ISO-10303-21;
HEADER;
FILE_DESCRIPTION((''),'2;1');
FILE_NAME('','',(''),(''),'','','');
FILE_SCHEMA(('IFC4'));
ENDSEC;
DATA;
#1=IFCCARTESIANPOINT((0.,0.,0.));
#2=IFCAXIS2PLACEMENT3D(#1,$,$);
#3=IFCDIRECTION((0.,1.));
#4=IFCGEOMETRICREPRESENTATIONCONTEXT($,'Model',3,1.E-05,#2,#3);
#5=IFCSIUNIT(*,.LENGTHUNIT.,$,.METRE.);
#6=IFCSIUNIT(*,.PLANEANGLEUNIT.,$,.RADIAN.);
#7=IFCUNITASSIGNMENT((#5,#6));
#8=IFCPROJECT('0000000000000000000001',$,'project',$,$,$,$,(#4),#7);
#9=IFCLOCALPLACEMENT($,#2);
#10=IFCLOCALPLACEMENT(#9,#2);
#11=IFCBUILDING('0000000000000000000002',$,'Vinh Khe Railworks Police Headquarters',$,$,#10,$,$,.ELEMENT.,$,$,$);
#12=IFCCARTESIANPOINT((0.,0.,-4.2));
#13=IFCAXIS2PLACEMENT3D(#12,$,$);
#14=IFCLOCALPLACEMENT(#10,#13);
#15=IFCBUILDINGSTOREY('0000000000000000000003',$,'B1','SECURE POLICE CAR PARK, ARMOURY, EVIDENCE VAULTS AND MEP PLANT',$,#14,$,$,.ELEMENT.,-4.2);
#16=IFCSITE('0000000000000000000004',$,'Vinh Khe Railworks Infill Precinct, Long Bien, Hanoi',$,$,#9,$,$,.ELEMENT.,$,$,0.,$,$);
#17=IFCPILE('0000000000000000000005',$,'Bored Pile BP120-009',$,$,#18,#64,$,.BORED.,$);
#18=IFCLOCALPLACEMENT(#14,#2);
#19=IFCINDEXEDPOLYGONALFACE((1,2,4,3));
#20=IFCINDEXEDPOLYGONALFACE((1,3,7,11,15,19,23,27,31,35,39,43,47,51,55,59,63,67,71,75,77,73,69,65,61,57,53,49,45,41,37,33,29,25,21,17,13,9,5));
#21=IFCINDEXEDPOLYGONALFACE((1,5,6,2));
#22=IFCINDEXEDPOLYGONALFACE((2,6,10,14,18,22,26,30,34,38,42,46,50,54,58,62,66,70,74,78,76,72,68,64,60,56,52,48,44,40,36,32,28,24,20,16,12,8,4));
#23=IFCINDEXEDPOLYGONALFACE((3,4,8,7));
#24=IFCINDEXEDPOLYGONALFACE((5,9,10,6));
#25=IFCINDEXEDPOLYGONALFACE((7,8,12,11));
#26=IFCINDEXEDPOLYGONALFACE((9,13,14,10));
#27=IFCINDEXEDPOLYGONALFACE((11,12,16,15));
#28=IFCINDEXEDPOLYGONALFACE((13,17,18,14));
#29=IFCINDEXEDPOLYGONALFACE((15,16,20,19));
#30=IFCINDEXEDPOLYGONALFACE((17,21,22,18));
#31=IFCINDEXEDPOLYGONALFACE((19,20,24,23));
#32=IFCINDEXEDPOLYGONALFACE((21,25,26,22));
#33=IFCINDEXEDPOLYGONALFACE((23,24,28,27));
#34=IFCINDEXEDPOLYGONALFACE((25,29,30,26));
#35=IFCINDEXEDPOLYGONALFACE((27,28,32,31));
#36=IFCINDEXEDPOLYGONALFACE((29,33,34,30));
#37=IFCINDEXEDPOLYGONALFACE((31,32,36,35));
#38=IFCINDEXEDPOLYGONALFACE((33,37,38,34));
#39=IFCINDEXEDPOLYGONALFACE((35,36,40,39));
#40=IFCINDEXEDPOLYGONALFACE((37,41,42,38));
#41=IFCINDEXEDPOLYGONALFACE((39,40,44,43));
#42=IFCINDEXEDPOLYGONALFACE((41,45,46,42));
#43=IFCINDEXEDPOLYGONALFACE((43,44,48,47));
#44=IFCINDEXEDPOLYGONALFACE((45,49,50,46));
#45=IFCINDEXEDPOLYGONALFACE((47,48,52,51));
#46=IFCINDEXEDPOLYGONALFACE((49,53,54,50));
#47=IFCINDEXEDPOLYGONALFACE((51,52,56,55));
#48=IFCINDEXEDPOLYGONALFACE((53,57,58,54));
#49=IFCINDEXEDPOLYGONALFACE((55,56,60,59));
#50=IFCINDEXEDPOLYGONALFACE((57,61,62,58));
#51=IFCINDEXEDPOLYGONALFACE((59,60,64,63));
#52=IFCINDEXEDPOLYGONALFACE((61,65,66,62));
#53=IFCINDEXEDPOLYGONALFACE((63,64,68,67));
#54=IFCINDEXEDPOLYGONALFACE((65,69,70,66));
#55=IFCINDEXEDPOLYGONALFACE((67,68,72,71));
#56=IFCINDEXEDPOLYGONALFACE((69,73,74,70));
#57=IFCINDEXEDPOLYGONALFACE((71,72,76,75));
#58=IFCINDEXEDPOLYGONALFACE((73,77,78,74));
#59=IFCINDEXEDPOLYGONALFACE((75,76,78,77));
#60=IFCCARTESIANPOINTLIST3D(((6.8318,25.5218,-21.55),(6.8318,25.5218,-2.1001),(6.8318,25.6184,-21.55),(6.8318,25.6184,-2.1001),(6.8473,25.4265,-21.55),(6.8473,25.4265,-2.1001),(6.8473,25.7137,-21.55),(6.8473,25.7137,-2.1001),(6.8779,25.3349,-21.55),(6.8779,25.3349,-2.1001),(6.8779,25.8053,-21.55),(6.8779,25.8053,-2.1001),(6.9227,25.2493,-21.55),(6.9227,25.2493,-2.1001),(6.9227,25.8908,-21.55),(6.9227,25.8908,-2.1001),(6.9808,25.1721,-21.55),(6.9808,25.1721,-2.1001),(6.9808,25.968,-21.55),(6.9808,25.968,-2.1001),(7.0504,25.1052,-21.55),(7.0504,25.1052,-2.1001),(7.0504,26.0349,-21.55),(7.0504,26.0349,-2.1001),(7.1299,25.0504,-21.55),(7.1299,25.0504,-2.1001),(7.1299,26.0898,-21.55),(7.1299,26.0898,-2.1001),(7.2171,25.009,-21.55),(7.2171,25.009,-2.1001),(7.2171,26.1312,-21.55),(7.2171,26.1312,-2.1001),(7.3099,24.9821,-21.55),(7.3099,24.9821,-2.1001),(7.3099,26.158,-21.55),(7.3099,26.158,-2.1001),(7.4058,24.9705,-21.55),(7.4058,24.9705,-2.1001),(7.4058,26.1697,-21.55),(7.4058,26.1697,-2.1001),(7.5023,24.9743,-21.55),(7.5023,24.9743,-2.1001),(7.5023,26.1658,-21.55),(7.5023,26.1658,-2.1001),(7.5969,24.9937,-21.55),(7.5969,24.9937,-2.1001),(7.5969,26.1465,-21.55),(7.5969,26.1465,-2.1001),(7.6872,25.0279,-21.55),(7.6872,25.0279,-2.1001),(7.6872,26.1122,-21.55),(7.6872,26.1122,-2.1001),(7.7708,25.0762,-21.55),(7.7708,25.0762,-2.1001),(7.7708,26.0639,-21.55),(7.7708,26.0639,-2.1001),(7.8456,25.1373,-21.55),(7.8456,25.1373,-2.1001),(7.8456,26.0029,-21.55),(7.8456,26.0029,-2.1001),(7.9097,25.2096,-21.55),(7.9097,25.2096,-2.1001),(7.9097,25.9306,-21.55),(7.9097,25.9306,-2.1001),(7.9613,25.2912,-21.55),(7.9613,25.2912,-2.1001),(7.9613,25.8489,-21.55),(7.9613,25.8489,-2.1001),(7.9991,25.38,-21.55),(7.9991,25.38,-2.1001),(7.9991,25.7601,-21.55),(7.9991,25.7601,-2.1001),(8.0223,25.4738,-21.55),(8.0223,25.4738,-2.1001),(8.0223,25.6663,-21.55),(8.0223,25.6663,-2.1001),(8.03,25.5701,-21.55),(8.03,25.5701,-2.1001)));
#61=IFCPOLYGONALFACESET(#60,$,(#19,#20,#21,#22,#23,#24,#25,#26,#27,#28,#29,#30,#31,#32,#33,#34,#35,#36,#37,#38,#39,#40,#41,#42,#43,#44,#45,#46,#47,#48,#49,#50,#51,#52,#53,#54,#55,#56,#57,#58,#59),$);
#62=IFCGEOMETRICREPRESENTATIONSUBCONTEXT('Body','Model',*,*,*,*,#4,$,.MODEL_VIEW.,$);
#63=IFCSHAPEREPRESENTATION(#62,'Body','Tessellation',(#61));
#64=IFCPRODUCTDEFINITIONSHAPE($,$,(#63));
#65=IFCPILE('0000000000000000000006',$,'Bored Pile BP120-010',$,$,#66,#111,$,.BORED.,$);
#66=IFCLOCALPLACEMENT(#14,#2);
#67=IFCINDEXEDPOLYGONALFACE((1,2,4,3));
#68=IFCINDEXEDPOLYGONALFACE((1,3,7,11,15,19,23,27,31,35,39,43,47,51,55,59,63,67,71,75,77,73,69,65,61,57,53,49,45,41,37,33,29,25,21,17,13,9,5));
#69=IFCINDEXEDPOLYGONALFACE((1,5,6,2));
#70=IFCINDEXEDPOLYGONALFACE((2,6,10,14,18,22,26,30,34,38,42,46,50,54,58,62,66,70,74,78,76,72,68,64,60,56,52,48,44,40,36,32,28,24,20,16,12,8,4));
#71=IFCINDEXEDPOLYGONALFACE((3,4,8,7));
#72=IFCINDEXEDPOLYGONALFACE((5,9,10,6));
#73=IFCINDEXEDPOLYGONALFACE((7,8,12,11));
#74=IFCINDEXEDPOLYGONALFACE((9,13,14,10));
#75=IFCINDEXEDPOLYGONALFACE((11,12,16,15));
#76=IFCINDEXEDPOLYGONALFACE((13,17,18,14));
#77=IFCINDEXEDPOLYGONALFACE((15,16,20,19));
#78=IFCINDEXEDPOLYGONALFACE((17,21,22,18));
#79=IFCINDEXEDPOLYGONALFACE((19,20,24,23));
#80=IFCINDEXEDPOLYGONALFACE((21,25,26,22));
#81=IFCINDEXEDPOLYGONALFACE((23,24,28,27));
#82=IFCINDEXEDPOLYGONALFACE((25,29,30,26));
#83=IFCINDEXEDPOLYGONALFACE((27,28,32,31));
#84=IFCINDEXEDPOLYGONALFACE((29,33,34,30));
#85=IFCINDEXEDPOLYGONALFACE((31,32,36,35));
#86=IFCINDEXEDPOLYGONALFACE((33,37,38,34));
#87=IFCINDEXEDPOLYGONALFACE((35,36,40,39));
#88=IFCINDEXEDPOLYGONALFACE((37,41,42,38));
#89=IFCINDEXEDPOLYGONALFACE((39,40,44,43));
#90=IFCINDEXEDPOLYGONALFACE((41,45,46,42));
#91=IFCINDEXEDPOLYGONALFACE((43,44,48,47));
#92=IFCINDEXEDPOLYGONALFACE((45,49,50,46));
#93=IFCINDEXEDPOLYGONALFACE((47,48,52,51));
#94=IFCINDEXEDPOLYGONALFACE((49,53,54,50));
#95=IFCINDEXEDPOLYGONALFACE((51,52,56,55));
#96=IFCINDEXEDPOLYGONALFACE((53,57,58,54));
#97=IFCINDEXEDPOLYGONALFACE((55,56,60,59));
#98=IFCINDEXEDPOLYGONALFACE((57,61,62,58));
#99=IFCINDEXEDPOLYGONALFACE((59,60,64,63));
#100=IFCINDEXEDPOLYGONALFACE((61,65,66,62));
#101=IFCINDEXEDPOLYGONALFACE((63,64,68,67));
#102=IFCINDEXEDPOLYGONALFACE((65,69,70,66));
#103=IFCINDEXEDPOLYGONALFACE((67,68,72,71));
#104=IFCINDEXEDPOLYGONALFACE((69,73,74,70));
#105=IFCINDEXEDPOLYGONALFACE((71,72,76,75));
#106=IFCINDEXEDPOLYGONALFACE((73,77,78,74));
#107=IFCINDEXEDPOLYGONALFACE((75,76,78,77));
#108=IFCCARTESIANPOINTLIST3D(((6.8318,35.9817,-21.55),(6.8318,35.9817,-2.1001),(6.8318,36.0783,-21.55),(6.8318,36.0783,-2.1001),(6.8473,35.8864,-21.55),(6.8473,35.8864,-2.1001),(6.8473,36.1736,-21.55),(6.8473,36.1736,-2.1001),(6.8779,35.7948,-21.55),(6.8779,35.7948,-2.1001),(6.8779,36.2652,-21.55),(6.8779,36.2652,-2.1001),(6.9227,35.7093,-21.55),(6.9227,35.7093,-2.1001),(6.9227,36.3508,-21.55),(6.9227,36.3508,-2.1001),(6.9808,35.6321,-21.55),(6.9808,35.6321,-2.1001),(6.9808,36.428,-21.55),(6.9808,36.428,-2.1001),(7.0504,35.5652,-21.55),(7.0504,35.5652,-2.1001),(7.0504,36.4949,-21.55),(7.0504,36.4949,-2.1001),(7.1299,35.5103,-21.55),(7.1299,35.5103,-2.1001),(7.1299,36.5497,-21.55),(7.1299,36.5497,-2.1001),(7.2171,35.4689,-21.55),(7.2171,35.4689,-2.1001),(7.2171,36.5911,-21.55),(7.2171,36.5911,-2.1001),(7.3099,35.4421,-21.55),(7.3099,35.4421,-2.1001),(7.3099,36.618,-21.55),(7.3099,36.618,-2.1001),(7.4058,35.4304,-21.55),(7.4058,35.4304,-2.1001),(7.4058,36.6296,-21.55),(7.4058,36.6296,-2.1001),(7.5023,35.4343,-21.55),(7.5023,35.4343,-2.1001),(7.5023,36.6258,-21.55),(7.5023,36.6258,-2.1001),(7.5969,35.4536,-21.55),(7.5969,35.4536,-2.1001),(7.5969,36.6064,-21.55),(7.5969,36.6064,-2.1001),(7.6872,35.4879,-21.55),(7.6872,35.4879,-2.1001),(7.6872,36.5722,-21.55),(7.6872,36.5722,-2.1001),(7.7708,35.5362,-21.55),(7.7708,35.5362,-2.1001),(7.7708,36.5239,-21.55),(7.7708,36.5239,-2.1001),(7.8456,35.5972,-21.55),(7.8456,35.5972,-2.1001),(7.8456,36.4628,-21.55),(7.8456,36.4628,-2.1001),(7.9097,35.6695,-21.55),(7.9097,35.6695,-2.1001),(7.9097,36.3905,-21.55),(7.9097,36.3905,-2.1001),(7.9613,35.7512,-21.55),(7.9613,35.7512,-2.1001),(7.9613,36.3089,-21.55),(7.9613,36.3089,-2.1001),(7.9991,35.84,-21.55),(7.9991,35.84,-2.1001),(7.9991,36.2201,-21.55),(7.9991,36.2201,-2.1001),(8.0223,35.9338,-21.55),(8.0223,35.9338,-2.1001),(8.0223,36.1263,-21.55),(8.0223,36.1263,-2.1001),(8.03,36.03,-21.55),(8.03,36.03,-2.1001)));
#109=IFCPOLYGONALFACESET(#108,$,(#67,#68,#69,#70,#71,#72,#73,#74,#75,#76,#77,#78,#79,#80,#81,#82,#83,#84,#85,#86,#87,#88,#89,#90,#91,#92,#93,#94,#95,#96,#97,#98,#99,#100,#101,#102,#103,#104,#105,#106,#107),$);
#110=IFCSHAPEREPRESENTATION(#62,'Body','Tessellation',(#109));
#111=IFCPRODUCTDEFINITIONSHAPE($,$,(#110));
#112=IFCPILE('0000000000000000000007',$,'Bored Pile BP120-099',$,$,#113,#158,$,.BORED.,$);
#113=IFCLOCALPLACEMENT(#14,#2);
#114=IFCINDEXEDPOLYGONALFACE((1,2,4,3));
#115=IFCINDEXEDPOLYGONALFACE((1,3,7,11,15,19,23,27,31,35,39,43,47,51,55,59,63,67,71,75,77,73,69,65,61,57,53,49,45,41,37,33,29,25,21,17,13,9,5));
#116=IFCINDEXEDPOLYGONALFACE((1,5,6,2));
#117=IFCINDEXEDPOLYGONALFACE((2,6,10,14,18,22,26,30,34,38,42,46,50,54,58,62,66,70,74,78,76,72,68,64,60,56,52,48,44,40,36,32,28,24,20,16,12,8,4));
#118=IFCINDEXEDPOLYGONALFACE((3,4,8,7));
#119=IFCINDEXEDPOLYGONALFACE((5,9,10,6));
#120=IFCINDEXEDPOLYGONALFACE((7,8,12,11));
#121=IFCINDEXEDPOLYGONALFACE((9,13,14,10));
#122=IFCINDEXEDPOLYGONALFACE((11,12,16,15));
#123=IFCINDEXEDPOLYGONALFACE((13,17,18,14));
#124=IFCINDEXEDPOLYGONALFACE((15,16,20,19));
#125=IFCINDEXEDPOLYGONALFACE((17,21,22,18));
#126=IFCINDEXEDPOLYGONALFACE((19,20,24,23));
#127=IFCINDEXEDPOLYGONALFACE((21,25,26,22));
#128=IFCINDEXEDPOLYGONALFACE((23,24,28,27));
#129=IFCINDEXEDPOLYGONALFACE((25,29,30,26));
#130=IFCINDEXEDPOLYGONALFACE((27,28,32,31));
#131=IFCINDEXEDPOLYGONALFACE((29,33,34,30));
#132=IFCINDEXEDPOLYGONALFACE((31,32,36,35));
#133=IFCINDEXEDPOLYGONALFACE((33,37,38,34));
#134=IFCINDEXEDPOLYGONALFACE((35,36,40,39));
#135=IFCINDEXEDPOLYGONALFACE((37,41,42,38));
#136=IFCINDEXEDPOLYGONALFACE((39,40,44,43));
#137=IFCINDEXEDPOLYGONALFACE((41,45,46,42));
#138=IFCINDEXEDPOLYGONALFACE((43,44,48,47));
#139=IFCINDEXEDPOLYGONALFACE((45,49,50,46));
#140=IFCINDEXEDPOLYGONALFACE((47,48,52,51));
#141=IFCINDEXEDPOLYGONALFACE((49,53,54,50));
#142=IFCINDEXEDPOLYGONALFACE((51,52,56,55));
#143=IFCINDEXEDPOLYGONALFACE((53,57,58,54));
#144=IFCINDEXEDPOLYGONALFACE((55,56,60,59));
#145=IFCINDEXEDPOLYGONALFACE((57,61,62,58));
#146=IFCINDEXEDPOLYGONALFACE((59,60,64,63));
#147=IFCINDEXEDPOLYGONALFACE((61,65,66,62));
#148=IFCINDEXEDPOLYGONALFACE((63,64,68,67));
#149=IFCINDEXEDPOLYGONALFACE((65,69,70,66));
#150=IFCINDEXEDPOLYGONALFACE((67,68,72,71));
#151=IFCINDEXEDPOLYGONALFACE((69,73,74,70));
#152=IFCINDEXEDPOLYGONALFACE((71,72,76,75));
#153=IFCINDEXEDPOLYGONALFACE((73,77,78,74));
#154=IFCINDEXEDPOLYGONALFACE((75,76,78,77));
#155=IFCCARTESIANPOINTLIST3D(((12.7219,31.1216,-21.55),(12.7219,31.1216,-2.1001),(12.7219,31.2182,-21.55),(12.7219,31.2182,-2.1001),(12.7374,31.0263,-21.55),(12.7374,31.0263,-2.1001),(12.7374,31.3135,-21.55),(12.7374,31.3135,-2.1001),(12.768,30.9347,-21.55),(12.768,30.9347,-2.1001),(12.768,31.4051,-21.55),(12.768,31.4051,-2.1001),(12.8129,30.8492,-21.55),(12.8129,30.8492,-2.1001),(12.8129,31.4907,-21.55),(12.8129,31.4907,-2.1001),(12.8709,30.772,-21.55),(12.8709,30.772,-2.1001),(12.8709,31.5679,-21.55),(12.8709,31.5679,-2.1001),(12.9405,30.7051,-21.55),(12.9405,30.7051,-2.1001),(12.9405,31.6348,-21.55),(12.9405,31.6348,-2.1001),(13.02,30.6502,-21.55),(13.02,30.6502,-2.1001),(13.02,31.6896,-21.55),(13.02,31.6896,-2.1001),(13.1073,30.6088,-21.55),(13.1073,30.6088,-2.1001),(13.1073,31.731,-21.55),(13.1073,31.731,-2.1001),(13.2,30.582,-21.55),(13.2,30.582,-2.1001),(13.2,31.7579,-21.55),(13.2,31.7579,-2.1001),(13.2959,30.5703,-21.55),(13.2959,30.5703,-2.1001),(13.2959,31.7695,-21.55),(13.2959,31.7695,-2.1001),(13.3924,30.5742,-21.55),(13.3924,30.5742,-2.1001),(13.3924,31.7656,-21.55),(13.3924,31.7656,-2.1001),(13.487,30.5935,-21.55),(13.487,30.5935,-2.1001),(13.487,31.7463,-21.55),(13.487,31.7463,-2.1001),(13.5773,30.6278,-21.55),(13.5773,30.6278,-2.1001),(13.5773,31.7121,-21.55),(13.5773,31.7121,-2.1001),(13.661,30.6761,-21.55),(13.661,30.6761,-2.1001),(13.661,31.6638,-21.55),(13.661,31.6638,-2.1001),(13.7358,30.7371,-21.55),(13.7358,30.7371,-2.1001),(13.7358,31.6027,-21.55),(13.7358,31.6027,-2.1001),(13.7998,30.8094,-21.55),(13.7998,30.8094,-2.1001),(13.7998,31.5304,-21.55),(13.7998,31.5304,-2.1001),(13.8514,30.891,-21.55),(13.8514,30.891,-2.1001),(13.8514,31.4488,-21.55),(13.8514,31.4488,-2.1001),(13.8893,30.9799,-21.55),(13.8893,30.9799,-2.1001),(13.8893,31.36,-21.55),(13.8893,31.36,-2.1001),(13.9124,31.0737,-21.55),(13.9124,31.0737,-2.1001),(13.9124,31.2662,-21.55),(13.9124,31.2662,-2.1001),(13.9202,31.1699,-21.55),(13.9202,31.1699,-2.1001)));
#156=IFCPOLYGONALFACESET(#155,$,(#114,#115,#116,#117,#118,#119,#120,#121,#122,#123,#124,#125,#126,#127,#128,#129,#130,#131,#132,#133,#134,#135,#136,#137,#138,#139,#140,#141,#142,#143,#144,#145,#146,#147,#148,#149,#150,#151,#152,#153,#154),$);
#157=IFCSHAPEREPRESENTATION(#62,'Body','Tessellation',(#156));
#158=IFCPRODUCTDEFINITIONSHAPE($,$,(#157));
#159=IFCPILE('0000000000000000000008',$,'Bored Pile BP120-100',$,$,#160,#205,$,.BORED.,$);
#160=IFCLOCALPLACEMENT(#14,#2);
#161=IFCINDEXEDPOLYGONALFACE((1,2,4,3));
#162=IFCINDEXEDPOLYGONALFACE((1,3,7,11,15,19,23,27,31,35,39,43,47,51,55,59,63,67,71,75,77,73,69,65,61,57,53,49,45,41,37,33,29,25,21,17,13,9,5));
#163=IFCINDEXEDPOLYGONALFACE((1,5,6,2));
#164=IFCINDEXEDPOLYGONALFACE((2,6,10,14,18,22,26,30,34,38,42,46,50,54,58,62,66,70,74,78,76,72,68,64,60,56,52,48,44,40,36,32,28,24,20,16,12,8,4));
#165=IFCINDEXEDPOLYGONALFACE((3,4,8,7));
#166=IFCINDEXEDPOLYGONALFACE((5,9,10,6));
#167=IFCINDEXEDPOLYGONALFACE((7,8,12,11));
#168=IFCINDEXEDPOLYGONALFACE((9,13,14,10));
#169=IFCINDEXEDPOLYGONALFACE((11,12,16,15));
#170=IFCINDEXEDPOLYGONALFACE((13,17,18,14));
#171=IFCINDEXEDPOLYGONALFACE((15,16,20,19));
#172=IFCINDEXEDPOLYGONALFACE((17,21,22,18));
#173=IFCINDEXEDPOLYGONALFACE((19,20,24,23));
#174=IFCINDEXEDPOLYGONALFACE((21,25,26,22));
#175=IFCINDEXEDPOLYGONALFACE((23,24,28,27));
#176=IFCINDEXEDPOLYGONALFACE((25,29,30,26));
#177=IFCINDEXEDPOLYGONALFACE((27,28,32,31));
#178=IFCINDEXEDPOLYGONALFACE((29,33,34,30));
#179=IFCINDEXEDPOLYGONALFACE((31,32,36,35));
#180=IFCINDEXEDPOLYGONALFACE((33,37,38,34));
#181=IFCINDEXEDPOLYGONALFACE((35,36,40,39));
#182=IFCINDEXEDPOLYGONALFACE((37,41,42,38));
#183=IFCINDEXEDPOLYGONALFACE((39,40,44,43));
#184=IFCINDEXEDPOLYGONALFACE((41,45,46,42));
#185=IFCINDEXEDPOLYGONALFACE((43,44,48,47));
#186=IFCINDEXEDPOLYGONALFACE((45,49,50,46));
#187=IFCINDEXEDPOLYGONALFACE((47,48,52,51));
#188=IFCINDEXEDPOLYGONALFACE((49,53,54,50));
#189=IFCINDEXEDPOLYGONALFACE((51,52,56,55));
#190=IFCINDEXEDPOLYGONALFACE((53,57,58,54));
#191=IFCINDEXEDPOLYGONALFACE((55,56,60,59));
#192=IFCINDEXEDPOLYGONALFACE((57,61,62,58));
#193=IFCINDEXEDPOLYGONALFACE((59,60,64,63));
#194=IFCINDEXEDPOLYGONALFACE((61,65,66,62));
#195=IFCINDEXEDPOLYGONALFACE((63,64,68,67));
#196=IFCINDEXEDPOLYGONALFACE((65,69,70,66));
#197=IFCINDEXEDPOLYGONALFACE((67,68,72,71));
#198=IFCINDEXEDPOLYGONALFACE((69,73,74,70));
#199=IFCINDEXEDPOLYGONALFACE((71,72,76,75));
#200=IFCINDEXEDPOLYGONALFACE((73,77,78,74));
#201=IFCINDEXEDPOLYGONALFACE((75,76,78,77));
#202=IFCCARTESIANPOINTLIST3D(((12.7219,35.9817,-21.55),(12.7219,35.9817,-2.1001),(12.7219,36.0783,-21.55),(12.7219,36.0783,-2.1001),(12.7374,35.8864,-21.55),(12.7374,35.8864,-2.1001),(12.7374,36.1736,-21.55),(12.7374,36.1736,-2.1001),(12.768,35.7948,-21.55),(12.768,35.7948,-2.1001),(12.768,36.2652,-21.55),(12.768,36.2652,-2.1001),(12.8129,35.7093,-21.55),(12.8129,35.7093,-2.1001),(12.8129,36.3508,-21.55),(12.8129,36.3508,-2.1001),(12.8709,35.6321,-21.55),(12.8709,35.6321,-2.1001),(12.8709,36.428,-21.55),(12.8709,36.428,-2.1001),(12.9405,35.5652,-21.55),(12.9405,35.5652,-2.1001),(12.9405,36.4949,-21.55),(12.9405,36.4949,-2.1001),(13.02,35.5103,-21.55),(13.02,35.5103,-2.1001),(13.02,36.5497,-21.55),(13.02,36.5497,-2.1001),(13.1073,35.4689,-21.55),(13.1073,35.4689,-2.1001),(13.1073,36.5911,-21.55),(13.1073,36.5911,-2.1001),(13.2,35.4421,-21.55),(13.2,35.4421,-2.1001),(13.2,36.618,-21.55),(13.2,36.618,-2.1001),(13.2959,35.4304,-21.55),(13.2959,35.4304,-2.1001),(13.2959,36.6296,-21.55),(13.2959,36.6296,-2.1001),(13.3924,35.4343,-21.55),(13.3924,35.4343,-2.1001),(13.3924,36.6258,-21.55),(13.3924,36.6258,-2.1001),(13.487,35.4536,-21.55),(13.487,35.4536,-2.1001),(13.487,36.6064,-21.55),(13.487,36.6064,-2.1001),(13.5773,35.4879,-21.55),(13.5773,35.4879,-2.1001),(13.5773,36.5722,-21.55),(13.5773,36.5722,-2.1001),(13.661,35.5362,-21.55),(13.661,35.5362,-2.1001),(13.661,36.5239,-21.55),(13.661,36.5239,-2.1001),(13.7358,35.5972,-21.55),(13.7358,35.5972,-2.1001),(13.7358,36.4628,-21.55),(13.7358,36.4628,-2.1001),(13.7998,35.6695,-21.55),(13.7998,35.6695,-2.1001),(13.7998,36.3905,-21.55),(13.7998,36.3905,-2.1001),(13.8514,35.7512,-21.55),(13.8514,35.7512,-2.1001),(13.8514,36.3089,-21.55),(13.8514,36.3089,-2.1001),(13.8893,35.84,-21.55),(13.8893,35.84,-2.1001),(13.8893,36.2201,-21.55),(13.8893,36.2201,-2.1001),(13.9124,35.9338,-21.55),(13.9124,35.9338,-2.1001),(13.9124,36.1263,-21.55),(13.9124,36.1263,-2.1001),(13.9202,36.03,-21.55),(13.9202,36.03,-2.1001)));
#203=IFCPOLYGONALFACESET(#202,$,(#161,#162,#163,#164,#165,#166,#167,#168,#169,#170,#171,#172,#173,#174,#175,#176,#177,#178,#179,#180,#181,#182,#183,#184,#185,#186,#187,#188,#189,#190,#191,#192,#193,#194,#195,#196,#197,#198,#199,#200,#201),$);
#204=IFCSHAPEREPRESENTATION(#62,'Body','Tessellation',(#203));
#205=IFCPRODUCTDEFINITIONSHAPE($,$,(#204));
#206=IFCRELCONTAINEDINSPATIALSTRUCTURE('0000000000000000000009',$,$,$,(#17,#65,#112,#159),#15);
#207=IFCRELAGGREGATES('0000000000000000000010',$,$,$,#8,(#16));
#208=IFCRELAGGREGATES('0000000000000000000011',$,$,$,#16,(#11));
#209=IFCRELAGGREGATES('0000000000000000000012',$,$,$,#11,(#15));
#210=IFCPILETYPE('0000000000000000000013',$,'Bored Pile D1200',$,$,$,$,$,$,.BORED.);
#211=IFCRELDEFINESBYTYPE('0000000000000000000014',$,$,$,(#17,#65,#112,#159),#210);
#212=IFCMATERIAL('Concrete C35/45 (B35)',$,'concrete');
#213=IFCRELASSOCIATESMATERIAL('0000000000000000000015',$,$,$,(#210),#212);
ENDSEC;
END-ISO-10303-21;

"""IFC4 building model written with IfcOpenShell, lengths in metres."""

from ifc_helpers import new_model, si_unit, direction, frame, origin, origin_2d, place, context, subcontext, project, spatial, circle, extrude, material, material_profile, profile_set, type_object, element, save


model = new_model("IFC4")

# Units and contexts
model_context = context("Model", 3, precision=1e-05, world=origin(), true_north=direction((0.0, 1.0)))
body_context = subcontext(model_context, "Body", "Model", "MODEL_VIEW")
ifc_project = project(units=[si_unit("LENGTHUNIT", "METRE"), si_unit("PLANEANGLEUNIT", "RADIAN")], contexts=[model_context])

# Site, building, storey
site_placement = place(None, origin())
site = spatial("IfcSite", under=ifc_project, at=site_placement, Name="Vinh Khe Railworks Infill Precinct, Long Bien, Hanoi", CompositionType="ELEMENT", RefElevation=0.0)
building_placement = place(site_placement, origin())
building = spatial("IfcBuilding", under=site, at=building_placement, Name="Vinh Khe Railworks Police Headquarters", CompositionType="ELEMENT")
storey_placement = place(building_placement, frame((0.0, 0.0, -4.2)))
storey = spatial("IfcBuildingStorey", under=building, at=storey_placement, Name="B1", Description="SECURE POLICE CAR PARK, ARMOURY, EVIDENCE VAULTS AND MEP PLANT", CompositionType="ELEMENT", Elevation=-4.2)

# Piles
ifc_material_1 = material(Name="Concrete C35/45 (B35)", Category="concrete")
ifc_material_profile_1 = material_profile(ifc_material_1, circle(Radius=0.6001, at=origin_2d()), Name="BORED PILE D1200")
ifc_profile_set_1 = profile_set([ifc_material_profile_1], Name="Concrete C35/45 (B35)")
pile_type_1 = type_object("IfcPileType", Name="Bored Pile D1200", PredefinedType="BORED", material=ifc_profile_set_1)
for number, where, z_axis, x_axis, name in (
    (1, (7.4299, 25.5701, -2.1001), (0.0, 0.0, -1.0), (1.0, 0.0, 0.0), "Bored Pile BP120-009"),
    (2, (7.4299, 36.03, -2.1001), (0.0, 0.0, -1.0), (1.0, 0.0, 0.0), "Bored Pile BP120-010"),
    (3, (13.3201, 31.1699, -2.1001), (0.0, 0.0, -1.0), (1.0, 0.0, 0.0), "Bored Pile BP120-099"),
    (4, (13.3201, 36.03, -2.1001), (0.0, 0.0, -1.0), (1.0, 0.0, 0.0), "Bored Pile BP120-100"),
):
    element("IfcPile", number, at=place(storey_placement, frame(where, z_axis=z_axis, x_axis=x_axis)), inside=storey, type_object=pile_type_1, Name=name, PredefinedType="BORED", context=body_context, shape_type="SweptSolid", body=[
        extrude(circle(Radius=0.6001, at=origin_2d()), origin(), (0.0, 0.0, 1.0), 19.45),
    ])

save(model, "model.ifc")
